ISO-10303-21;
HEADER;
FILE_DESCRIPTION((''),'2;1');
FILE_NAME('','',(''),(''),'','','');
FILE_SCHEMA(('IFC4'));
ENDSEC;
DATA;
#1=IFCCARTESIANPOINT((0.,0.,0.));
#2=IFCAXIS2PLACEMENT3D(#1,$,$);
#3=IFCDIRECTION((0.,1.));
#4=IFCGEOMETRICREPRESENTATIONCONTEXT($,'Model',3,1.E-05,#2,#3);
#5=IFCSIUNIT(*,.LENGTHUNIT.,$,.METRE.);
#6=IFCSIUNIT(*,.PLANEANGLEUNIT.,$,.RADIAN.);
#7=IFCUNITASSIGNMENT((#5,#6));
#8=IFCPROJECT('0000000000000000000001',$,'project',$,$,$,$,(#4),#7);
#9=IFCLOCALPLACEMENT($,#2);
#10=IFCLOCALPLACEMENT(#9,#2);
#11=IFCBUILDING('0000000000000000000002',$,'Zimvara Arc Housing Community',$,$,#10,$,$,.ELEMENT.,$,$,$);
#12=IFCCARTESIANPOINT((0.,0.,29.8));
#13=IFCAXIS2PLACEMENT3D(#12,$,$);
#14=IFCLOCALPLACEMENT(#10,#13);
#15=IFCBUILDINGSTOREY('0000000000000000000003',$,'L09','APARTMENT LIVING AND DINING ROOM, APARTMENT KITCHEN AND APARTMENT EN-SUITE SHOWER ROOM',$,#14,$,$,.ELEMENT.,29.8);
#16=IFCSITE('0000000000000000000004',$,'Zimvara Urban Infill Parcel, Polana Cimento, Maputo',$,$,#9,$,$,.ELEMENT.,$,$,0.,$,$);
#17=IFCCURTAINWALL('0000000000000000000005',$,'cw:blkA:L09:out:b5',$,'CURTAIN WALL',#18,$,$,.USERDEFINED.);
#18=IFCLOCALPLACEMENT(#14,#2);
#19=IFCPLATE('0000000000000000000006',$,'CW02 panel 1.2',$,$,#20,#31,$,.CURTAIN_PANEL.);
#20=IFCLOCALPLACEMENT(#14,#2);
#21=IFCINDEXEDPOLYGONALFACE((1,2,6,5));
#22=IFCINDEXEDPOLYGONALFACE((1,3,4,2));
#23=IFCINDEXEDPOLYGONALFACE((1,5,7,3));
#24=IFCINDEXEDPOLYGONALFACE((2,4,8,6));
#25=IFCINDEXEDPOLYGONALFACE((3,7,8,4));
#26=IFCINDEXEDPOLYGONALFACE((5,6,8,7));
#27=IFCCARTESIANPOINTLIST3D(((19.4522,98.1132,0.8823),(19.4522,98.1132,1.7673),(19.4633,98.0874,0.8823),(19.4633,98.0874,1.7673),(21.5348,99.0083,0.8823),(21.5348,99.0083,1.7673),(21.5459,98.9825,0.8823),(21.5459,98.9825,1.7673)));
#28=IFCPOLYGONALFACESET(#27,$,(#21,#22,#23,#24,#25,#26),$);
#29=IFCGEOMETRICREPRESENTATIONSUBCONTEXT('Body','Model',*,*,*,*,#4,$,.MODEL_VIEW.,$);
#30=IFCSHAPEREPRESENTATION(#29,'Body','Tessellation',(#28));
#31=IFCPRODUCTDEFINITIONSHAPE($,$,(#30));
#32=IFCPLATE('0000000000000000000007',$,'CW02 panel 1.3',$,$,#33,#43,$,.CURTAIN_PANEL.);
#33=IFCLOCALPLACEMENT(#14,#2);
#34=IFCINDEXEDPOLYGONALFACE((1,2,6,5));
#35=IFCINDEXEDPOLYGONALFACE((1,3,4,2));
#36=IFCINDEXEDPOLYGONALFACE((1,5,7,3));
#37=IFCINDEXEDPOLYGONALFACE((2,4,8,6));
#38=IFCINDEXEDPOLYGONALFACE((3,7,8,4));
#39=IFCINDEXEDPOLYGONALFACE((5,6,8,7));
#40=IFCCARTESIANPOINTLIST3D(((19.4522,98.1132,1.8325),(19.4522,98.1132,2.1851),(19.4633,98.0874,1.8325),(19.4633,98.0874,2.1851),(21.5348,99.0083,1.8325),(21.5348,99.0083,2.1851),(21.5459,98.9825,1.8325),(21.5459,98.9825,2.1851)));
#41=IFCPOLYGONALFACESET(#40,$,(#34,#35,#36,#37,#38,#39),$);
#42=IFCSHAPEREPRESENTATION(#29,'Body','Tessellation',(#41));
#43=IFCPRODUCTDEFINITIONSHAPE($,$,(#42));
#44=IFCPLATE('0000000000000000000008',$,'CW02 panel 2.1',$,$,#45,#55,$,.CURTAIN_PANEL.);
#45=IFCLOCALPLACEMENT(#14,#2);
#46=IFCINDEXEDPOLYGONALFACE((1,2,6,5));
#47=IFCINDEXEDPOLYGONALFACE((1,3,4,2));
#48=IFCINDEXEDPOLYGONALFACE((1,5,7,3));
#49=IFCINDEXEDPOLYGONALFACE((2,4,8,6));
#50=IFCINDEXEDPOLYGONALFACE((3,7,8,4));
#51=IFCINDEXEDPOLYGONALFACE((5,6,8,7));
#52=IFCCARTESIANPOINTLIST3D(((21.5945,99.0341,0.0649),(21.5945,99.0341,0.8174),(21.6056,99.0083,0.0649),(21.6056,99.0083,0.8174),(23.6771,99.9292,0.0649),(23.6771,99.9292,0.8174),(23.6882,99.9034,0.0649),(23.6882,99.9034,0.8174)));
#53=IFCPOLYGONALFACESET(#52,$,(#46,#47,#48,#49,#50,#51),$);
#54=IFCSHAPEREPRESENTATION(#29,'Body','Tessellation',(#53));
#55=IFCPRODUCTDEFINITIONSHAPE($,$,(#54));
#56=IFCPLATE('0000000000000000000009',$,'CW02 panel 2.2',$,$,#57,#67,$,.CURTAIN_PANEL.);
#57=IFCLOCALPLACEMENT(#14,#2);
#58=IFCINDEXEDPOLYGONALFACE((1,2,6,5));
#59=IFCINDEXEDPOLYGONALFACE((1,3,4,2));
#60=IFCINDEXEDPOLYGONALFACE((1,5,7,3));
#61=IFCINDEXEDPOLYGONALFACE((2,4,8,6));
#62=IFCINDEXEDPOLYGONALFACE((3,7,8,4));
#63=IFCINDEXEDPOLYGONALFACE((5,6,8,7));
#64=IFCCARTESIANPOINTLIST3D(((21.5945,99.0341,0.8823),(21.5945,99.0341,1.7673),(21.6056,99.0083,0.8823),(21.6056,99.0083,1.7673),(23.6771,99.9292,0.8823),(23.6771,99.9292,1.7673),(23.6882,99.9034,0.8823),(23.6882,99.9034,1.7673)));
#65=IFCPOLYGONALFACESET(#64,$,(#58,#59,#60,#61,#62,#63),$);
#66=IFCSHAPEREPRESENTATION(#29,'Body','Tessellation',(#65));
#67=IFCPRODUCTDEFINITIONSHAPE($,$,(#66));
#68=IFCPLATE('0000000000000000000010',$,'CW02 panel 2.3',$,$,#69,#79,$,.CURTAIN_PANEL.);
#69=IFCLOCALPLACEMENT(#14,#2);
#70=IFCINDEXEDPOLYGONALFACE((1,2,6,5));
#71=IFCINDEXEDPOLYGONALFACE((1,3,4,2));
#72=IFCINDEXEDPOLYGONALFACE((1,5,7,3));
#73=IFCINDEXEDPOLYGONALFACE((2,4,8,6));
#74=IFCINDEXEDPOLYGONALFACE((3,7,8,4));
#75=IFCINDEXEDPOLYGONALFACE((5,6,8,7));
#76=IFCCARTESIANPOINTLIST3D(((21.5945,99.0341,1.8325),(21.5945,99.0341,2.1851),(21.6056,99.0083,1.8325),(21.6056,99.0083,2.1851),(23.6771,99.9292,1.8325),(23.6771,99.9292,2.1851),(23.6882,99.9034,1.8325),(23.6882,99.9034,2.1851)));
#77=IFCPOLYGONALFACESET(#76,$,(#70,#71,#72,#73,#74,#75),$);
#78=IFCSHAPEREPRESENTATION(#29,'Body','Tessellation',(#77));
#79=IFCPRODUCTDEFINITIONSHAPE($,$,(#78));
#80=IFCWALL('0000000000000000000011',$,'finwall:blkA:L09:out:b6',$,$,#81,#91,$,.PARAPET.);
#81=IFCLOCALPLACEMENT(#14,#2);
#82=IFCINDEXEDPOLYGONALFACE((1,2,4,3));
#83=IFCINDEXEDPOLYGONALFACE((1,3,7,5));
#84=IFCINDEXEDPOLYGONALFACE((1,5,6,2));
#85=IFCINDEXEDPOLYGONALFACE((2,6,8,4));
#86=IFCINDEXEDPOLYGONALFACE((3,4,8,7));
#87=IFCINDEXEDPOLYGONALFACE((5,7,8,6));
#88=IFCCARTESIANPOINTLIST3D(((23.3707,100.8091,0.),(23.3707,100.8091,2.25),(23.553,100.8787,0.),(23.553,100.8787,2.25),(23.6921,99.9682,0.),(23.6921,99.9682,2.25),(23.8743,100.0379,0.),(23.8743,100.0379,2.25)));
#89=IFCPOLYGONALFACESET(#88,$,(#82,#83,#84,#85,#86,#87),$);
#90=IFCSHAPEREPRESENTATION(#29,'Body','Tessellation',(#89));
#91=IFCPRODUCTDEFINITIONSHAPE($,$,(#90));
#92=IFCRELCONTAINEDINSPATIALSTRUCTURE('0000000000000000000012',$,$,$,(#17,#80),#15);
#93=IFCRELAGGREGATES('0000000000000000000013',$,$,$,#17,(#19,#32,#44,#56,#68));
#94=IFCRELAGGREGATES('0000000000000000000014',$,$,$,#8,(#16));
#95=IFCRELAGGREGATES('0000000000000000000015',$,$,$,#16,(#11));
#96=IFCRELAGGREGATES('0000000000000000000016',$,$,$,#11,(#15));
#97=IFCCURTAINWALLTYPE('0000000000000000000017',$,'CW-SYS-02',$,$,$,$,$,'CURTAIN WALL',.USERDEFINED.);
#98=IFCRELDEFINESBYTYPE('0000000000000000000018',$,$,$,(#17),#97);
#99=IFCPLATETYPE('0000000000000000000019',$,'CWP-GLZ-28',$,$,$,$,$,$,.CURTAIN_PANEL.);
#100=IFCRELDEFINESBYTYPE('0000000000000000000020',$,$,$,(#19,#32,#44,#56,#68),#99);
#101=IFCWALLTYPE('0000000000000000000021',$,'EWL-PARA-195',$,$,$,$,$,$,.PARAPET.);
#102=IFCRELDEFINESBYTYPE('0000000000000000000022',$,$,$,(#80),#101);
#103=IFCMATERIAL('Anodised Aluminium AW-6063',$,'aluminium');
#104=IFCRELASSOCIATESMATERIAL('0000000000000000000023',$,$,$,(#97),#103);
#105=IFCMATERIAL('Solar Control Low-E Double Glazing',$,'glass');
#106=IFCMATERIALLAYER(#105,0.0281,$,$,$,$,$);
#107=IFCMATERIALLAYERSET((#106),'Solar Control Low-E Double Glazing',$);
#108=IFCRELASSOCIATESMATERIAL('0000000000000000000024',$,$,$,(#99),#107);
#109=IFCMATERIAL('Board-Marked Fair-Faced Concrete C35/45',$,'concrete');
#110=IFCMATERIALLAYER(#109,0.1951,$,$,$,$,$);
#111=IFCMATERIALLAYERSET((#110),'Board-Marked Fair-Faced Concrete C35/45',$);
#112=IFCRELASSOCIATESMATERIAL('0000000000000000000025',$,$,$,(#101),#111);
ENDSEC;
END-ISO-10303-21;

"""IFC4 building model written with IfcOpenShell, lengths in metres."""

from ifc_helpers import new_model, si_unit, direction, frame, frame_2d, origin, origin_2d, place, context, subcontext, project, spatial, rectangle, extrude, material, layer, layer_set, type_object, element, aggregate, save


model = new_model("IFC4")

# Units and contexts
model_context = context("Model", 3, precision=1e-05, world=origin(), true_north=direction((0.0, 1.0)))
body_context = subcontext(model_context, "Body", "Model", "MODEL_VIEW")
ifc_project = project(units=[si_unit("LENGTHUNIT", "METRE"), si_unit("PLANEANGLEUNIT", "RADIAN")], contexts=[model_context])

# Site, building, storey
site_placement = place(None, origin())
site = spatial("IfcSite", under=ifc_project, at=site_placement, Name="Zimvara Urban Infill Parcel, Polana Cimento, Maputo", CompositionType="ELEMENT", RefElevation=0.0)
building_placement = place(site_placement, origin())
building = spatial("IfcBuilding", under=site, at=building_placement, Name="Zimvara Arc Housing Community", CompositionType="ELEMENT")
storey_placement = place(building_placement, frame((0.0, 0.0, 29.8)))
storey = spatial("IfcBuildingStorey", under=building, at=storey_placement, Name="L09", Description="APARTMENT LIVING AND DINING ROOM, APARTMENT KITCHEN AND APARTMENT EN-SUITE SHOWER ROOM", CompositionType="ELEMENT", Elevation=29.8)

# Curtain wall
ifc_material_1 = material(Name="Anodised Aluminium AW-6063", Category="aluminium")
curtain_wall_type_1 = type_object("IfcCurtainWallType", Name="CW-SYS-02", ElementType="CURTAIN WALL", PredefinedType="USERDEFINED", material=ifc_material_1)
curtain_wall_1_placement = place(storey_placement, origin())
curtain_wall_1 = element("IfcCurtainWall", 1, at=curtain_wall_1_placement, inside=storey, type_object=curtain_wall_type_1, Name="cw:blkA:L09:out:b5", ObjectType="CURTAIN WALL", PredefinedType="USERDEFINED")

# Plates
ifc_material_2 = material(Name="Solar Control Low-E Double Glazing", Category="glass")
ifc_layer_1 = layer(ifc_material_2, 0.0281)
ifc_layer_set_1 = layer_set([ifc_layer_1], Name="Solar Control Low-E Double Glazing")
plate_type = type_object("IfcPlateType", Name="CWP-GLZ-28", PredefinedType="CURTAIN_PANEL", material=ifc_layer_set_1)
plate_1_placement = place(storey_placement, frame((20.499, 98.5479, 0.8823), z_axis=(0.0, 0.0, 1.0), x_axis=(0.918722, 0.394904, 0.0)))
plate_1 = element("IfcPlate", 2, at=plate_1_placement, type_object=plate_type, Name="CW02 panel 1.2", PredefinedType="CURTAIN_PANEL", context=body_context, shape_type="SweptSolid", body=[
    extrude(rectangle(XDim=2.2668, YDim=0.0281, at=origin_2d()), origin(), (0.0, 0.0, 1.0), 0.885),
])
plate_2_placement = place(storey_placement, frame((20.499, 98.5479, 1.8325), z_axis=(0.0, 0.0, 1.0), x_axis=(0.918722, 0.394904, 0.0)))
plate_2 = element("IfcPlate", 3, at=plate_2_placement, type_object=plate_type, Name="CW02 panel 1.3", PredefinedType="CURTAIN_PANEL", context=body_context, shape_type="SweptSolid", body=[
    extrude(rectangle(XDim=2.2668, YDim=0.0281, at=origin_2d()), origin(), (0.0, 0.0, 1.0), 0.3525),
])
plate_3_placement = place(storey_placement, frame((22.6414, 99.4688, 0.0649), z_axis=(0.0, 0.0, 1.0), x_axis=(0.918722, 0.394904, 0.0)))
plate_3 = element("IfcPlate", 4, at=plate_3_placement, type_object=plate_type, Name="CW02 panel 2.1", PredefinedType="CURTAIN_PANEL", context=body_context, shape_type="SweptSolid", body=[
    extrude(rectangle(XDim=2.2668, YDim=0.0281, at=origin_2d()), origin(), (0.0, 0.0, 1.0), 0.7524),
])
plate_4_placement = place(storey_placement, frame((22.6414, 99.4688, 0.8823), z_axis=(0.0, 0.0, 1.0), x_axis=(0.918722, 0.394904, 0.0)))
plate_4 = element("IfcPlate", 5, at=plate_4_placement, type_object=plate_type, Name="CW02 panel 2.2", PredefinedType="CURTAIN_PANEL", context=body_context, shape_type="SweptSolid", body=[
    extrude(rectangle(XDim=2.2668, YDim=0.0281, at=origin_2d()), origin(), (0.0, 0.0, 1.0), 0.885),
])
plate_5_placement = place(storey_placement, frame((22.6414, 99.4688, 1.8325), z_axis=(0.0, 0.0, 1.0), x_axis=(0.918722, 0.394904, 0.0)))
plate_5 = element("IfcPlate", 6, at=plate_5_placement, type_object=plate_type, Name="CW02 panel 2.3", PredefinedType="CURTAIN_PANEL", context=body_context, shape_type="SweptSolid", body=[
    extrude(rectangle(XDim=2.2668, YDim=0.0281, at=origin_2d()), origin(), (0.0, 0.0, 1.0), 0.3525),
])
aggregate(curtain_wall_1, [plate_1, plate_2, plate_3, plate_4, plate_5])

# Wall
ifc_material_3 = material(Name="Board-Marked Fair-Faced Concrete C35/45", Category="concrete")
ifc_layer_2 = layer(ifc_material_3, 0.1951)
ifc_layer_set_2 = layer_set([ifc_layer_2], Name="Board-Marked Fair-Faced Concrete C35/45")
wall_type = type_object("IfcWallType", Name="EWL-PARA-195", PredefinedType="PARAPET", material=ifc_layer_set_2)
wall_placement = place(storey_placement, frame((23.7832, 100.0029, 0.0), z_axis=(0.0, 0.0, 1.0), x_axis=(-0.356943, 0.934126, 0.0)))
element("IfcWall", 7, at=wall_placement, inside=storey, type_object=wall_type, Name="finwall:blkA:L09:out:b6", PredefinedType="PARAPET", context=body_context, shape_type="SweptSolid", body=[
    extrude(rectangle(XDim=0.9001, YDim=0.1951, at=frame_2d((0.4502, 0.0))), origin(), (0.0, 0.0, 1.0), 2.25),
])

save(model, "model.ifc")
